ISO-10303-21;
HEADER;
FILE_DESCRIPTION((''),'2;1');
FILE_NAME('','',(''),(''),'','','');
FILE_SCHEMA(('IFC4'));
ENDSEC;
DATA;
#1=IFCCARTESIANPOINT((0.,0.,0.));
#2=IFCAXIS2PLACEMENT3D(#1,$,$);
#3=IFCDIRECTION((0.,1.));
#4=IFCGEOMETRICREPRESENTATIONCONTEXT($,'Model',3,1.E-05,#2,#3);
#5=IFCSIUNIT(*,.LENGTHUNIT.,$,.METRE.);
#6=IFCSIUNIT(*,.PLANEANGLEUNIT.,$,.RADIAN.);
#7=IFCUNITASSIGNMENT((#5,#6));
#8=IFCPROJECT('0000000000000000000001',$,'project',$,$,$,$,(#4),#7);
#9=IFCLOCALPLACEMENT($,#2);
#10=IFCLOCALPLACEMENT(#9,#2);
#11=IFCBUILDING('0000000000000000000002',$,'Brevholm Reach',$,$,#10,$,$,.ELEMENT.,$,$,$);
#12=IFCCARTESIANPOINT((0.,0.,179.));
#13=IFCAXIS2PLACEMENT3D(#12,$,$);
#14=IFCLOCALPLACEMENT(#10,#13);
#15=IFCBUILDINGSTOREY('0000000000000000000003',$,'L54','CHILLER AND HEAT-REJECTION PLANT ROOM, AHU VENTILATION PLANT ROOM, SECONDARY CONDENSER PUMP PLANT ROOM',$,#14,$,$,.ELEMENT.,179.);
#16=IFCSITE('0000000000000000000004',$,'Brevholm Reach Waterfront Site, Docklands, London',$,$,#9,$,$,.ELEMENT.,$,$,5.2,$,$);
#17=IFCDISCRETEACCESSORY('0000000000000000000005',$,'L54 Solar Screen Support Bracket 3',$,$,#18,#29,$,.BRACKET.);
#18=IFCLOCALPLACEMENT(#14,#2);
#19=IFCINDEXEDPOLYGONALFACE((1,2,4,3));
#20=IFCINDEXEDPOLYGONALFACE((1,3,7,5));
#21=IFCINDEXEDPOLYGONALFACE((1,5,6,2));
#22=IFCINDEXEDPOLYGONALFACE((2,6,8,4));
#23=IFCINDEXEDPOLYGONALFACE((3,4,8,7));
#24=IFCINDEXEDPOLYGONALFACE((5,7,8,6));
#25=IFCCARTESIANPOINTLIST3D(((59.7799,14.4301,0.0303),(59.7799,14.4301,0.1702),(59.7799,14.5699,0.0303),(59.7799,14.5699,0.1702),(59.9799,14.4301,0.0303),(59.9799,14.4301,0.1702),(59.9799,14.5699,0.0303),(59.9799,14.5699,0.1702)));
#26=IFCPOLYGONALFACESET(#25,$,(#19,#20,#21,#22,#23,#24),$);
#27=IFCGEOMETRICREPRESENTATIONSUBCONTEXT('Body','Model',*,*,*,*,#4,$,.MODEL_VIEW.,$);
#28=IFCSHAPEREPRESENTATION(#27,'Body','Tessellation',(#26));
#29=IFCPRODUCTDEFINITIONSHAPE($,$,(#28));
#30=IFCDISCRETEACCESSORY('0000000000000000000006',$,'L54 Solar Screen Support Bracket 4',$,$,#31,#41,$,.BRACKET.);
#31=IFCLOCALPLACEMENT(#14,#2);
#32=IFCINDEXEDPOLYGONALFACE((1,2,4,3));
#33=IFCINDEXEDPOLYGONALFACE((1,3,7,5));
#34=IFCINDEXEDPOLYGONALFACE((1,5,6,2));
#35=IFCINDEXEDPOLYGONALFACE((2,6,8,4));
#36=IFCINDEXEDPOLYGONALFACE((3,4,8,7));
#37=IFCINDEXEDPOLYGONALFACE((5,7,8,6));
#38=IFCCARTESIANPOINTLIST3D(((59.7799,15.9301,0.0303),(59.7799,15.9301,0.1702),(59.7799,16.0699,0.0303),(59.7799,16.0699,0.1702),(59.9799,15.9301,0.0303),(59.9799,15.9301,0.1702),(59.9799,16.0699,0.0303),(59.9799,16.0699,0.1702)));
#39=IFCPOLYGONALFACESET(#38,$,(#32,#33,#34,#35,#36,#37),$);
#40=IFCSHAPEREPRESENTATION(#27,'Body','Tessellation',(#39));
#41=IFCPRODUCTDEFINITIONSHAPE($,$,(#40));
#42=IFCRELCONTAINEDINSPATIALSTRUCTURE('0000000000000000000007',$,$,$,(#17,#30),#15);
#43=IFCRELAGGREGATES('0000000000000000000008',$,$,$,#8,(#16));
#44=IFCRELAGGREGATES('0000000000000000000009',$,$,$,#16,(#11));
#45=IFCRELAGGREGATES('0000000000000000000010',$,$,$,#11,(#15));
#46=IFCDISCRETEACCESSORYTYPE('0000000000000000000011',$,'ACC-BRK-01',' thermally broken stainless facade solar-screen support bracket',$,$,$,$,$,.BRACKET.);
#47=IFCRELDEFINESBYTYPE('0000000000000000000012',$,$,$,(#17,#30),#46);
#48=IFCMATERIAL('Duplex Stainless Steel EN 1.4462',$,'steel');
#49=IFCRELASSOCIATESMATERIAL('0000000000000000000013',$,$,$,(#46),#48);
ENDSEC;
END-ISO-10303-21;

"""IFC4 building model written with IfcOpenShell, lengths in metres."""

from ifc_helpers import new_model, si_unit, direction, frame, origin, origin_2d, place, context, subcontext, project, spatial, rectangle, extrude, material, type_object, element, save


model = new_model("IFC4")

# Units and contexts
model_context = context("Model", 3, precision=1e-05, world=origin(), true_north=direction((0.0, 1.0)))
body_context = subcontext(model_context, "Body", "Model", "MODEL_VIEW")
ifc_project = project(units=[si_unit("LENGTHUNIT", "METRE"), si_unit("PLANEANGLEUNIT", "RADIAN")], contexts=[model_context])

# Site, building, storey
site_placement = place(None, origin())
site = spatial("IfcSite", under=ifc_project, at=site_placement, Name="Brevholm Reach Waterfront Site, Docklands, London", CompositionType="ELEMENT", RefElevation=5.2)
building_placement = place(site_placement, origin())
building = spatial("IfcBuilding", under=site, at=building_placement, Name="Brevholm Reach", CompositionType="ELEMENT")
storey_placement = place(building_placement, frame((0.0, 0.0, 179.0)))
storey = spatial("IfcBuildingStorey", under=building, at=storey_placement, Name="L54", Description="CHILLER AND HEAT-REJECTION PLANT ROOM, AHU VENTILATION PLANT ROOM, SECONDARY CONDENSER PUMP PLANT ROOM", CompositionType="ELEMENT", Elevation=179.0)

# Discrete accessories
ifc_material_1 = material(Name="Duplex Stainless Steel EN 1.4462", Category="steel")
discrete_accessory_type = type_object("IfcDiscreteAccessoryType", Name="ACC-BRK-01", Description=" thermally broken stainless facade solar-screen support bracket", PredefinedType="BRACKET", material=ifc_material_1)
for number, where, z_axis, x_axis, name in (
    (1, (59.8799, 14.5, 0.0303), (0.0, 0.0, 1.0), (1.0, 0.0, 0.0), "L54 Solar Screen Support Bracket 3"),
    (2, (59.8799, 16.0, 0.0303), (0.0, 0.0, 1.0), (1.0, 0.0, 0.0), "L54 Solar Screen Support Bracket 4"),
):
    element("IfcDiscreteAccessory", number, at=place(storey_placement, frame(where, z_axis=z_axis, x_axis=x_axis)), inside=storey, type_object=discrete_accessory_type, Name=name, PredefinedType="BRACKET", context=body_context, shape_type="SweptSolid", body=[
        extrude(rectangle(XDim=0.2, YDim=0.1399, at=origin_2d()), origin(), (0.0, 0.0, 1.0), 0.1399),
    ])

save(model, "model.ifc")
